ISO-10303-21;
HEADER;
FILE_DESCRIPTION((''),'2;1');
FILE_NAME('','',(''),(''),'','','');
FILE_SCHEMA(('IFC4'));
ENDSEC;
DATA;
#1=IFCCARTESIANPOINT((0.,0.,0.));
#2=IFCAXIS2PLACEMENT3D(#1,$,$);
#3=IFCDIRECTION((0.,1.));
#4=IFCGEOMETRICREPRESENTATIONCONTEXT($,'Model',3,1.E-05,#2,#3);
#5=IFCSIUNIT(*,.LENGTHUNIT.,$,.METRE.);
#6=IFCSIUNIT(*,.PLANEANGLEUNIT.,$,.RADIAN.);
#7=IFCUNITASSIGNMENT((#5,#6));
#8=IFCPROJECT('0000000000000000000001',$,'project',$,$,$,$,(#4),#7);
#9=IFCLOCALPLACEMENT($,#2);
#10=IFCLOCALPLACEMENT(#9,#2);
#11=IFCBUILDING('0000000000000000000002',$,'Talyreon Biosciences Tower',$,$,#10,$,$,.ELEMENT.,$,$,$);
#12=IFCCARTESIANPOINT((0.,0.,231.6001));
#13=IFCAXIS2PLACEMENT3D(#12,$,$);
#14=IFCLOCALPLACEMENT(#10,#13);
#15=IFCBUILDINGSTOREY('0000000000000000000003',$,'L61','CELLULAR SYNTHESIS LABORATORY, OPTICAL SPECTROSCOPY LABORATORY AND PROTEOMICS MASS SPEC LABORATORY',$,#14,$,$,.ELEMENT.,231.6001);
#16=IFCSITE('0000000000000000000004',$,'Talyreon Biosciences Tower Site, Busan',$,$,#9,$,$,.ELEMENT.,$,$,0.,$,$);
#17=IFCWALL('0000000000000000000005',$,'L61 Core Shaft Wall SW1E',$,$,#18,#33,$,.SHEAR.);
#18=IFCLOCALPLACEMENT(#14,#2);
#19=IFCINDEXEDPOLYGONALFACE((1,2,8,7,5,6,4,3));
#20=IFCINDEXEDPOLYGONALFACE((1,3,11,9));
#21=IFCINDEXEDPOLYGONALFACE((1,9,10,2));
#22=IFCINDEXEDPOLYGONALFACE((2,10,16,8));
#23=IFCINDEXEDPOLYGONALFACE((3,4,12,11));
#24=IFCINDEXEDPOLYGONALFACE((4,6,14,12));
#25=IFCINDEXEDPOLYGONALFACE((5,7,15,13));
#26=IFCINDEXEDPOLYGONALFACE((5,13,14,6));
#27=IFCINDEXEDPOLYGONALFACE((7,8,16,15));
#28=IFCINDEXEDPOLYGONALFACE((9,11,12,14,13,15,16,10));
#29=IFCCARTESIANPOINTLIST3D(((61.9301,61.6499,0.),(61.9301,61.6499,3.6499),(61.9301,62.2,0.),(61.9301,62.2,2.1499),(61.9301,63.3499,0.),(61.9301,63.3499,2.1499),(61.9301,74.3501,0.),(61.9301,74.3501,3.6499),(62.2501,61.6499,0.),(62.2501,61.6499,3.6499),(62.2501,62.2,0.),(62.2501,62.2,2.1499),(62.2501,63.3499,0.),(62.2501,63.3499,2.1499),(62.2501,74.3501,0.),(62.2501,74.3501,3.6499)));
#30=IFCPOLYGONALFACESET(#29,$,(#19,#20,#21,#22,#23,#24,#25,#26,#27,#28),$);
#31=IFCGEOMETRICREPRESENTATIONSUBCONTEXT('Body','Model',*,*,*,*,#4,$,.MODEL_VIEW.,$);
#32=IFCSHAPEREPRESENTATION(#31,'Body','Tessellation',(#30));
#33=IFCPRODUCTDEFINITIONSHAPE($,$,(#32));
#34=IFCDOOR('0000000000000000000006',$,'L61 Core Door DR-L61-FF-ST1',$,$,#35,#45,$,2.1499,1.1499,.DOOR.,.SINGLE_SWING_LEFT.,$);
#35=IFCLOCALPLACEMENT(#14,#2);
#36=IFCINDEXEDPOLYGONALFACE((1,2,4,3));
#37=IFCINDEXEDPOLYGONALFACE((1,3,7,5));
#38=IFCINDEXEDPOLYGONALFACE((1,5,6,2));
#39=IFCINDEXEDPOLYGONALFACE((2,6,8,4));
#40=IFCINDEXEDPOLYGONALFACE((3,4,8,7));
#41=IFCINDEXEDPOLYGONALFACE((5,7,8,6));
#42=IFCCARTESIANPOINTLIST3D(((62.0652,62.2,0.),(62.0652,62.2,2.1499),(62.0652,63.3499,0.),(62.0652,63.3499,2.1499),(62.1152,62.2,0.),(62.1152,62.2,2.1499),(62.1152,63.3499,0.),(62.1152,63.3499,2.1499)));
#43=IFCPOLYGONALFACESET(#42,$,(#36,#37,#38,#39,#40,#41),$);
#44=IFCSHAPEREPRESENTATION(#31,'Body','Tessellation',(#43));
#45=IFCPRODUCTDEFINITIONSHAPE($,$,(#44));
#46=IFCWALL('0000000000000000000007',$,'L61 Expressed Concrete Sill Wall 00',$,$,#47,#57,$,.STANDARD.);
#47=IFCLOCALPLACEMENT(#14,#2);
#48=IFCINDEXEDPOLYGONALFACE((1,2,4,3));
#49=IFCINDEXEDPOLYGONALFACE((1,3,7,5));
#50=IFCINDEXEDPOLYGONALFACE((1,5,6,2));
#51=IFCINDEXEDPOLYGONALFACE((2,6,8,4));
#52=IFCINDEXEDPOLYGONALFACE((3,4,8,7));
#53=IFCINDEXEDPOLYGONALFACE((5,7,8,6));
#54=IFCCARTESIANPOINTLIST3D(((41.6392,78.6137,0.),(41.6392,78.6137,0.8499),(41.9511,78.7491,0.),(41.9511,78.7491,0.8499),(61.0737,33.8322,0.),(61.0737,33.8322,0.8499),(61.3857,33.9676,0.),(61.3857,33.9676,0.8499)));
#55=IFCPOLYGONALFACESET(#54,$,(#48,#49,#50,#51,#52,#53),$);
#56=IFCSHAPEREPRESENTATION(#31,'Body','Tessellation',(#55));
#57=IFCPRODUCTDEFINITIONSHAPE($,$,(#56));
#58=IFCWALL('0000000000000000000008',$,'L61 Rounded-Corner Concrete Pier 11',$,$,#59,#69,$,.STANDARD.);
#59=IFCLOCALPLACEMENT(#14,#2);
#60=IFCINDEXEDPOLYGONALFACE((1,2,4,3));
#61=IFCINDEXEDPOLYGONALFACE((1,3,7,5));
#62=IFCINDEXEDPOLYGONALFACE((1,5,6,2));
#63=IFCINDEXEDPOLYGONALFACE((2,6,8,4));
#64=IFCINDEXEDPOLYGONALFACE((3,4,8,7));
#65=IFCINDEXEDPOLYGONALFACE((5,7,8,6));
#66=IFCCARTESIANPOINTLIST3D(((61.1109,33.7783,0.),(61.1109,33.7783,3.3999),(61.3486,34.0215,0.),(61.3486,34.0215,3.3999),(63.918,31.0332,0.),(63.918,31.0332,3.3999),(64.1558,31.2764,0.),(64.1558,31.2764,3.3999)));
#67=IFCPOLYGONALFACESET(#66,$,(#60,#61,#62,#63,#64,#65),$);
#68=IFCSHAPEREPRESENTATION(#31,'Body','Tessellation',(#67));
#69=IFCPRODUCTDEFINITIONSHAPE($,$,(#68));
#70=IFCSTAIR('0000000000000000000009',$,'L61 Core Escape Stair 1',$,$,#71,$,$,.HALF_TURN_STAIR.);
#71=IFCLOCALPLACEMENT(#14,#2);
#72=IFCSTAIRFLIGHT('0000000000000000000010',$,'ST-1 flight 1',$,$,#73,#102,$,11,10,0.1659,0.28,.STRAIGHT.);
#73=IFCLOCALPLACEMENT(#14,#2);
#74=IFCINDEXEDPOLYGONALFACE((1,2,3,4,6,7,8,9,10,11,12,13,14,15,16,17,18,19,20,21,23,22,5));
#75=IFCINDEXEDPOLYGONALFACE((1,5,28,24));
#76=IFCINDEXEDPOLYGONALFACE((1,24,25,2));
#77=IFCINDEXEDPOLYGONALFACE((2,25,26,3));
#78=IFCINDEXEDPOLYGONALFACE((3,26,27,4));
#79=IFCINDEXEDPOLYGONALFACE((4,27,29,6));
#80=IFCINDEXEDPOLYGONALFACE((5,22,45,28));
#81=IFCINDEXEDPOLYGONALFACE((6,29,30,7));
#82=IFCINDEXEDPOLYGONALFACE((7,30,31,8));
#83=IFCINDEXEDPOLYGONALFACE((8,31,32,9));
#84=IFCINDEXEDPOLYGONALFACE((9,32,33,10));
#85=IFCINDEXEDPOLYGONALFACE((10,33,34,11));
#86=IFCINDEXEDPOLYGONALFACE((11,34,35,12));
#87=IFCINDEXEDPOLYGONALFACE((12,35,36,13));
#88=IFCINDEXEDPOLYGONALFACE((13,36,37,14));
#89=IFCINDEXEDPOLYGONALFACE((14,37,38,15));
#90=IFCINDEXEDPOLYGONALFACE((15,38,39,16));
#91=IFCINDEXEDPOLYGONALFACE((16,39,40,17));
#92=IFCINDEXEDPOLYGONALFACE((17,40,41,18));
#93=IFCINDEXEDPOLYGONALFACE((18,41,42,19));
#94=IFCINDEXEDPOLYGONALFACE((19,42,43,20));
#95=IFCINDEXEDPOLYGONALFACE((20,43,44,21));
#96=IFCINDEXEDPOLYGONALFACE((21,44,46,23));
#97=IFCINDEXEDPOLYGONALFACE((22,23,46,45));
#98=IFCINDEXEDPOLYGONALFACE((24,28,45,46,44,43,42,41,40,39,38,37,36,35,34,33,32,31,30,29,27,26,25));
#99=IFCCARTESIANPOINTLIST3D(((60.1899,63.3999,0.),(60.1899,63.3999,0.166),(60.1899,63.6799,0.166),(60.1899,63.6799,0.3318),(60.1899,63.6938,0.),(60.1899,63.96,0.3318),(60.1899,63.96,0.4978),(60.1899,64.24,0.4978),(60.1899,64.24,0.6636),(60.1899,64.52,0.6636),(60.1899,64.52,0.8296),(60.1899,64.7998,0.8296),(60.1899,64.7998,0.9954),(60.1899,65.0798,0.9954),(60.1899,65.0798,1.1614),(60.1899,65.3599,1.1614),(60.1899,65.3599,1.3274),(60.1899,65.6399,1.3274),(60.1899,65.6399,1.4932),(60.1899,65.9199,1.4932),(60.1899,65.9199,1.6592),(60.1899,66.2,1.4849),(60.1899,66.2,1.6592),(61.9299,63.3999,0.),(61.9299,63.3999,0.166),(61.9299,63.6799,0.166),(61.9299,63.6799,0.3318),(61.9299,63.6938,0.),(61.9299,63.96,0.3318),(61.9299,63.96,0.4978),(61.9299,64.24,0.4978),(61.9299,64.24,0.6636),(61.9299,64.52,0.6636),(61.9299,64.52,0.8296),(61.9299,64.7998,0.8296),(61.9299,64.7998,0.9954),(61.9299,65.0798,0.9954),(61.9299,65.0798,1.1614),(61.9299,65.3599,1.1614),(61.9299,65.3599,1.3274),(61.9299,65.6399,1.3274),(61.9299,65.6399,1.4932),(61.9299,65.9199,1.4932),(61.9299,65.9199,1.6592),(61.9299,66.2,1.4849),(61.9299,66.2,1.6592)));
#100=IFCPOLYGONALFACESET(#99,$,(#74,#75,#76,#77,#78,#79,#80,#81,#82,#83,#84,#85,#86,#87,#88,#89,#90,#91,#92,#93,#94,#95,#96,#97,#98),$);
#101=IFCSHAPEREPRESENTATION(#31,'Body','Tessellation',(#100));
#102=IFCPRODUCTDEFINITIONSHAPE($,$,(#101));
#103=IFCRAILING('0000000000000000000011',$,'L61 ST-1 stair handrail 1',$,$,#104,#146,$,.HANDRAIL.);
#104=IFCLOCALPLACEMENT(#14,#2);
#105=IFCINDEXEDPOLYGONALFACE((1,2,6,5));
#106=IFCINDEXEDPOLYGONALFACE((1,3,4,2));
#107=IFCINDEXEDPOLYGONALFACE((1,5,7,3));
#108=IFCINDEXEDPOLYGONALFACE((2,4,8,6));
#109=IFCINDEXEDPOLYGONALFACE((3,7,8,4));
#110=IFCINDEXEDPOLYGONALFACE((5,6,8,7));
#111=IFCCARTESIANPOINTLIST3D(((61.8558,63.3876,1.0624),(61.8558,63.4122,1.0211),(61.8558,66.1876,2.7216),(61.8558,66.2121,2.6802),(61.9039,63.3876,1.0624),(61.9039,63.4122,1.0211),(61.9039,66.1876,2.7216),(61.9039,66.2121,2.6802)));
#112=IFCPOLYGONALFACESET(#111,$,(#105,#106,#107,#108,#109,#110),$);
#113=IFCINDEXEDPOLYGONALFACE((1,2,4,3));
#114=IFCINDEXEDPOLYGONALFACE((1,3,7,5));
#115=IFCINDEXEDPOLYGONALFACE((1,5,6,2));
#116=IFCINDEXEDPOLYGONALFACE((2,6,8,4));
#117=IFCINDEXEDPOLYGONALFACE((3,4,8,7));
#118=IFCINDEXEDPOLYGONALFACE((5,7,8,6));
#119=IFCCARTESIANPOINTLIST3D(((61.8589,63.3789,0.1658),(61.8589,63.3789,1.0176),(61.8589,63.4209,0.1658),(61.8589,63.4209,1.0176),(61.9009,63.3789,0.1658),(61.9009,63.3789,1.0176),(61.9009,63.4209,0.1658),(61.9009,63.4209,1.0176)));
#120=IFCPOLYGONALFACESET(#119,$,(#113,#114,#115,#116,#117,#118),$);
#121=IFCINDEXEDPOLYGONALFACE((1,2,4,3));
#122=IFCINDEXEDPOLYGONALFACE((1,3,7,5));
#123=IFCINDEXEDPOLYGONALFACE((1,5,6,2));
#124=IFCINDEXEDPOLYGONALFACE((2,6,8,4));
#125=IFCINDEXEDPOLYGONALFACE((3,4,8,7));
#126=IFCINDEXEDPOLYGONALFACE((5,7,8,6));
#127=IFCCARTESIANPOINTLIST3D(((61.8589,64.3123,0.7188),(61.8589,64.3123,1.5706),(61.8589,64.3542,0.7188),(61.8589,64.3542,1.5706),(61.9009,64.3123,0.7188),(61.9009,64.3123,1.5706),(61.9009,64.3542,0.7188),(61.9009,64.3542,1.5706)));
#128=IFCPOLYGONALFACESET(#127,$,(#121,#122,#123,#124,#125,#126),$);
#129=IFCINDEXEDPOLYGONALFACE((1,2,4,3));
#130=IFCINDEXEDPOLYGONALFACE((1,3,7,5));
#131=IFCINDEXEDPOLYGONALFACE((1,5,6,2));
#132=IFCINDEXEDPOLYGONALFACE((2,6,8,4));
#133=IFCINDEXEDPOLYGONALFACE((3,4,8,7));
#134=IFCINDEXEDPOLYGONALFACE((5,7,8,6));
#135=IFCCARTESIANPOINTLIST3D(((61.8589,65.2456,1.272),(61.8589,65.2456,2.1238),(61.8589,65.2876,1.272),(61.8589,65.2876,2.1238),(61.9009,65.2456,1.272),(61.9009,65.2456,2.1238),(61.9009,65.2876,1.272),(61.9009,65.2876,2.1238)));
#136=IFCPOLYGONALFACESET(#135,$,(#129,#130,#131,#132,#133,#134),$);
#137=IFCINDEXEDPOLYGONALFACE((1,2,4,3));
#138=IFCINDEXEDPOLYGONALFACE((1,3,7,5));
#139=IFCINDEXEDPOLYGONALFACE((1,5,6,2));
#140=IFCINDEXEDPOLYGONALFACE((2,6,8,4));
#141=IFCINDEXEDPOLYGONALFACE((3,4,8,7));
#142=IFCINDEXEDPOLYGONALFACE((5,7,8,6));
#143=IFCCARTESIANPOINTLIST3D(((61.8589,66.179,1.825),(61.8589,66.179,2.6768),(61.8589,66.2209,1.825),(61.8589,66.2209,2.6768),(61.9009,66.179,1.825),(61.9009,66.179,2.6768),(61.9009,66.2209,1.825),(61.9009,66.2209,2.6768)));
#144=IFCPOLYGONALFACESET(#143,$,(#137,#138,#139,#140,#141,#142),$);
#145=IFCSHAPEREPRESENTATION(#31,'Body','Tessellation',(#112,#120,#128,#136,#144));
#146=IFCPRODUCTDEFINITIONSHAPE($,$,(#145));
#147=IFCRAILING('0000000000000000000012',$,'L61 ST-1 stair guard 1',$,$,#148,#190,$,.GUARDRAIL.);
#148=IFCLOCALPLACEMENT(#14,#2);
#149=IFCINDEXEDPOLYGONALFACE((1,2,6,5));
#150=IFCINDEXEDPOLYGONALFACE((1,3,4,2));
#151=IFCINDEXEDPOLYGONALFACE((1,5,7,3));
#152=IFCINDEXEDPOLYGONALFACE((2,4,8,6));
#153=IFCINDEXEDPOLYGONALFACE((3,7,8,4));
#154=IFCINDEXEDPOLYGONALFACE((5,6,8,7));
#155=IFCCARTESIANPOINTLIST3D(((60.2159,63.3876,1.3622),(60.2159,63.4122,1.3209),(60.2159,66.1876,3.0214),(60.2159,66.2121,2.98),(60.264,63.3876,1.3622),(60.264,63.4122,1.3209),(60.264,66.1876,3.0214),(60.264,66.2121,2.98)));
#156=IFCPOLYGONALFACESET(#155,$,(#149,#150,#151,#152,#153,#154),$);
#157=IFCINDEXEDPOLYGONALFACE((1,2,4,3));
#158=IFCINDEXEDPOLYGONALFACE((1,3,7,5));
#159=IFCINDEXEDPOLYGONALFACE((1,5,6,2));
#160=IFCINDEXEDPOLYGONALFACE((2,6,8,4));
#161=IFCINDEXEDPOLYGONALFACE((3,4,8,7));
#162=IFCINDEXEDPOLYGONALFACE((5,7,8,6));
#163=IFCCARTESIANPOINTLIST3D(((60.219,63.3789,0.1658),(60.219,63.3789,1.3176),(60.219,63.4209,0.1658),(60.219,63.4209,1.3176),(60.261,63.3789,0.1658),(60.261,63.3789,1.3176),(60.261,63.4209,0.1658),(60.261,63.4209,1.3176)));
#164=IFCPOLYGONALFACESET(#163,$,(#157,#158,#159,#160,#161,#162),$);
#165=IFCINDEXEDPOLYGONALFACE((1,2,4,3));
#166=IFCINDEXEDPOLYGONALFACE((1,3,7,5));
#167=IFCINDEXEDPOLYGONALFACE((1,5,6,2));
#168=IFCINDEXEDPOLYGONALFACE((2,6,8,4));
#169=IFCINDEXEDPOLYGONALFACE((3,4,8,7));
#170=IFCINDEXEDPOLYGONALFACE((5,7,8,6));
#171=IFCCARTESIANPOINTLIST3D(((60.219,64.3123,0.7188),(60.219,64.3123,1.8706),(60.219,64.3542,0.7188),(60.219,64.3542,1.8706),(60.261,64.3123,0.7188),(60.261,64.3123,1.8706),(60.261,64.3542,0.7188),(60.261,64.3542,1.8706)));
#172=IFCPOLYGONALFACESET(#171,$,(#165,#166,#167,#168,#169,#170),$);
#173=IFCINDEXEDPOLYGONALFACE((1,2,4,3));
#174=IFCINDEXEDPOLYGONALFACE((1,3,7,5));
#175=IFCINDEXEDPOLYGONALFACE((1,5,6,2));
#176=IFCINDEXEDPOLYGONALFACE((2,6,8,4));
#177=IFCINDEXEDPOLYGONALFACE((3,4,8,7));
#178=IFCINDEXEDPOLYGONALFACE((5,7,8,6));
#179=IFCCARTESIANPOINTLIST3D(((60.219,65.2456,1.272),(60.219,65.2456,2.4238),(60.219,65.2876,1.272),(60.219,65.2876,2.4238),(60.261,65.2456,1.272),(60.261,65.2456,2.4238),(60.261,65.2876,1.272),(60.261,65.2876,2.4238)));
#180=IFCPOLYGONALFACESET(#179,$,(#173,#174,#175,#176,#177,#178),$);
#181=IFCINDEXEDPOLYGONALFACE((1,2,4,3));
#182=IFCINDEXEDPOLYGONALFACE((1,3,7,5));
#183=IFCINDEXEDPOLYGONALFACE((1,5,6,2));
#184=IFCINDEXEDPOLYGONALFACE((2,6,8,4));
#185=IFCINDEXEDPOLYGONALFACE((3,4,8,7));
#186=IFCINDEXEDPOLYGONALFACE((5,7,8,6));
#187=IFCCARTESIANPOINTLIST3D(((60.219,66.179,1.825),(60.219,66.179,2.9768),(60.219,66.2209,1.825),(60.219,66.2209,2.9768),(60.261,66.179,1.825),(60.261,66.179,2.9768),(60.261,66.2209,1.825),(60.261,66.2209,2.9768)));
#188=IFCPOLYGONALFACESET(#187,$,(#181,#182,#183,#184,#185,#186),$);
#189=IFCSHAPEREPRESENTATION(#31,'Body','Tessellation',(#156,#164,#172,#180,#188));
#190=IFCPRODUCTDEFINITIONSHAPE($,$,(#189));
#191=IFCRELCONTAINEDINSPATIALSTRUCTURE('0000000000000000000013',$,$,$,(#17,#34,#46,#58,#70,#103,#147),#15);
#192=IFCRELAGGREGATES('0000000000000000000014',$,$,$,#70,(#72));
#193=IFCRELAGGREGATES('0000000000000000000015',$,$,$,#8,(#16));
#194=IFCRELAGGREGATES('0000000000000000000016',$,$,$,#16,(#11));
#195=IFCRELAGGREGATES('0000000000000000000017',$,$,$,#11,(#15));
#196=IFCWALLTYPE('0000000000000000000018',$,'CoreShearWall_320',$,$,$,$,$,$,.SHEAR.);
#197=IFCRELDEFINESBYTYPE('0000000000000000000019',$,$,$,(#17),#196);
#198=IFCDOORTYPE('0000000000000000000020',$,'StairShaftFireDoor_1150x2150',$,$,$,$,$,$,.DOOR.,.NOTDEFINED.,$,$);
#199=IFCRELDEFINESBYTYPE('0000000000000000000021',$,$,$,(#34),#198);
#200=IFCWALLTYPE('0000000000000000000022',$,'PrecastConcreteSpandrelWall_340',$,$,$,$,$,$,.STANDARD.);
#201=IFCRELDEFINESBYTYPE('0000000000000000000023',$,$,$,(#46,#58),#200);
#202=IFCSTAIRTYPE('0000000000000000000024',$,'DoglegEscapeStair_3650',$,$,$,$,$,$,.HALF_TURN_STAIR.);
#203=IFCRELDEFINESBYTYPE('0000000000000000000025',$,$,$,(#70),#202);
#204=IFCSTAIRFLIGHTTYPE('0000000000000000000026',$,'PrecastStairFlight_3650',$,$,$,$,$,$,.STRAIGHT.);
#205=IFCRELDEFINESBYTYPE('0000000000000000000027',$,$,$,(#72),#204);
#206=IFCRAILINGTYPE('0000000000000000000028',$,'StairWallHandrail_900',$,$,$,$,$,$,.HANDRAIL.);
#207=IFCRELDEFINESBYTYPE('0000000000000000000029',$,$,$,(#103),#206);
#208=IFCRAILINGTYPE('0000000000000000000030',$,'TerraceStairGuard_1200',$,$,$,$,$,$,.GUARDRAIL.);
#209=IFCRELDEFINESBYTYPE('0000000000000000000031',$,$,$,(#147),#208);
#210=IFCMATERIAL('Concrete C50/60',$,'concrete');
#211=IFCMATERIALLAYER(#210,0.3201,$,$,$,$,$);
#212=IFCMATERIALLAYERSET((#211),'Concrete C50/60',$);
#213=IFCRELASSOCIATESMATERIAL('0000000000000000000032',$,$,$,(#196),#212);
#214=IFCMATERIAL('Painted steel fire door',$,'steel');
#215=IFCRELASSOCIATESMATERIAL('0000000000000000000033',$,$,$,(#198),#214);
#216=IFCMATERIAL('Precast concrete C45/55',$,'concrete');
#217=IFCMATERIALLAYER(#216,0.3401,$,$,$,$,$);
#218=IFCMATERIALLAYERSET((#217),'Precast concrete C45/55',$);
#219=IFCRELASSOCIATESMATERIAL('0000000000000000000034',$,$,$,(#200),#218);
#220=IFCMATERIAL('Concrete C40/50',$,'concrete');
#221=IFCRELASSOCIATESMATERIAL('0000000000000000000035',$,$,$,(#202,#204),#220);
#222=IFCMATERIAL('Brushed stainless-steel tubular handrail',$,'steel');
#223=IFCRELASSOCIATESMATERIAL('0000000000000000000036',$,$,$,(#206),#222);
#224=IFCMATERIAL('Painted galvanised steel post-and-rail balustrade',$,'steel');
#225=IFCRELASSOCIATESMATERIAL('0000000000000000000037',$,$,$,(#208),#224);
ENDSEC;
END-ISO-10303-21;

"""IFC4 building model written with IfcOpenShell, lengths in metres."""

from ifc_helpers import new_model, si_unit, direction, frame, frame_2d, origin, origin_2d, place, context, subcontext, project, spatial, polyline, rectangle, outline, extrude, material, layer, layer_set, type_object, element, fill, aggregate, save


model = new_model("IFC4")

# Units and contexts
model_context = context("Model", 3, precision=1e-05, world=origin(), true_north=direction((0.0, 1.0)))
body_context = subcontext(model_context, "Body", "Model", "MODEL_VIEW")
ifc_project = project(units=[si_unit("LENGTHUNIT", "METRE"), si_unit("PLANEANGLEUNIT", "RADIAN")], contexts=[model_context])

# Site, building, storey
site_placement = place(None, origin())
site = spatial("IfcSite", under=ifc_project, at=site_placement, Name="Talyreon Biosciences Tower Site, Busan", CompositionType="ELEMENT", RefElevation=0.0)
building_placement = place(site_placement, origin())
building = spatial("IfcBuilding", under=site, at=building_placement, Name="Talyreon Biosciences Tower", CompositionType="ELEMENT")
storey_placement = place(building_placement, frame((0.0, 0.0, 231.6001)))
storey = spatial("IfcBuildingStorey", under=building, at=storey_placement, Name="L61", Description="CELLULAR SYNTHESIS LABORATORY, OPTICAL SPECTROSCOPY LABORATORY AND PROTEOMICS MASS SPEC LABORATORY", CompositionType="ELEMENT", Elevation=231.6001)

# Shared definitions
ifc_material_1 = material(Name="Concrete C50/60", Category="concrete")

# Shared definitions
ifc_material_2 = material(Name="Precast concrete C45/55", Category="concrete")

# Wall, opening, door
ifc_layer_1 = layer(ifc_material_1, 0.3201)
ifc_layer_set_1 = layer_set([ifc_layer_1], Name="Concrete C50/60")
wall_type_1 = type_object("IfcWallType", Name="CoreShearWall_320", PredefinedType="SHEAR", material=ifc_layer_set_1)
wall_1_placement = place(storey_placement, frame((62.0901, 61.6499, 0.0), z_axis=(0.0, 0.0, 1.0), x_axis=(0.0, 1.0, 0.0)))
wall_1 = element("IfcWall", 1, at=wall_1_placement, inside=storey, type_object=wall_type_1, Name="L61 Core Shaft Wall SW1E", PredefinedType="SHEAR", context=body_context, shape_type="SweptSolid", body=[
    extrude(rectangle(XDim=12.7002, YDim=0.3201, at=frame_2d((6.3501, 0.0))), origin(), (0.0, 0.0, 1.0), 3.6499),
])
opening_1_placement = place(wall_1_placement, frame((0.55, 0.0, 0.0)))
opening_1 = element("IfcOpeningElement", 2, at=opening_1_placement, cuts=wall_1, PredefinedType="OPENING", context=body_context, shape_type="SweptSolid", body=[
    extrude(rectangle(XDim=1.1499, YDim=2.1499, at=frame_2d((0.575, 1.075))), frame((0.0, 0.1699, 0.0), z_axis=(0.0, -1.0, 0.0), x_axis=(1.0, 0.0, 0.0)), (0.0, 0.0, 1.0), 0.3401),
])
ifc_material_3 = material(Name="Painted steel fire door", Category="steel")
door_type_1 = type_object("IfcDoorType", Name="StairShaftFireDoor_1150x2150", OperationType="NOTDEFINED", PredefinedType="DOOR", material=ifc_material_3)
door_1_placement = place(opening_1_placement, origin())
door_1 = element("IfcDoor", 3, at=door_1_placement, inside=storey, type_object=door_type_1, Name="L61 Core Door DR-L61-FF-ST1", OperationType="SINGLE_SWING_LEFT", OverallHeight=2.1499, OverallWidth=1.1499, PredefinedType="DOOR", context=body_context, shape_type="SweptSolid", body=[
    extrude(rectangle(XDim=1.1499, YDim=2.1499, at=frame_2d((0.575, 1.075))), frame((0.0, 0.0249, 0.0), z_axis=(0.0, -1.0, 0.0), x_axis=(1.0, 0.0, 0.0)), (0.0, 0.0, 1.0), 0.05),
])
fill(opening_1, door_1)

# Walls
ifc_layer_2 = layer(ifc_material_2, 0.3401)
ifc_layer_set_2 = layer_set([ifc_layer_2], Name="Precast concrete C45/55")
wall_type_2 = type_object("IfcWallType", Name="PrecastConcreteSpandrelWall_340", PredefinedType="STANDARD", material=ifc_layer_set_2)
wall_2_placement = place(storey_placement, frame((61.2297, 33.8999, 0.0), z_axis=(0.0, 0.0, 1.0), x_axis=(-0.398112, 0.917337, 0.0)))
element("IfcWall", 4, at=wall_2_placement, inside=storey, type_object=wall_type_2, Name="L61 Expressed Concrete Sill Wall 00", PredefinedType="STANDARD", context=body_context, shape_type="SweptSolid", body=[
    extrude(rectangle(XDim=48.8169, YDim=0.3401, at=frame_2d((24.4084, 0.0))), origin(), (0.0, 0.0, 1.0), 0.8499),
])
wall_3_placement = place(storey_placement, frame((64.0369, 31.1548, 0.0), z_axis=(0.0, 0.0, 1.0), x_axis=(-0.71496, 0.699166, 0.0)))
element("IfcWall", 5, at=wall_3_placement, inside=storey, type_object=wall_type_2, Name="L61 Rounded-Corner Concrete Pier 11", PredefinedType="STANDARD", context=body_context, shape_type="SweptSolid", body=[
    extrude(rectangle(XDim=3.9263, YDim=0.3401, at=frame_2d((1.9631, 0.0))), origin(), (0.0, 0.0, 1.0), 3.3999),
])

# Stair, stair flight
ifc_material_4 = material(Name="Concrete C40/50", Category="concrete")
stair_type = type_object("IfcStairType", Name="DoglegEscapeStair_3650", PredefinedType="HALF_TURN_STAIR", material=ifc_material_4)
stair_placement = place(storey_placement, origin())
stair = element("IfcStair", 6, at=stair_placement, inside=storey, type_object=stair_type, Name="L61 Core Escape Stair 1", PredefinedType="HALF_TURN_STAIR")
stair_flight_type = type_object("IfcStairFlightType", Name="PrecastStairFlight_3650", PredefinedType="STRAIGHT", material=ifc_material_4)
stair_flight_placement = place(storey_placement, frame((61.0601, 63.3999, 0.0), z_axis=(0.0, 0.0, 1.0), x_axis=(0.0, 1.0, 0.0)))
stair_flight = element("IfcStairFlight", 7, at=stair_flight_placement, type_object=stair_flight_type, Name="ST-1 flight 1", NumberOfRisers=11, NumberOfTreads=10, PredefinedType="STRAIGHT", RiserHeight=0.1659, TreadLength=0.28, context=body_context, shape_type="SweptSolid", body=[
    extrude(outline(polyline([(0.0, 0.0), (0.0, 0.166), (0.28, 0.166), (0.28, 0.3318), (0.5601, 0.3318), (0.5601, 0.4978), (0.8401, 0.4978), (0.8401, 0.6636), (1.1201, 0.6636), (1.1201, 0.8296), (1.3999, 0.8296), (1.3999, 0.9954), (1.6799, 0.9954), (1.6799, 1.1614), (1.96, 1.1614), (1.96, 1.3274), (2.24, 1.3274), (2.24, 1.4932), (2.52, 1.4932), (2.52, 1.6592), (2.8, 1.6592), (2.8, 1.825), (2.8, 1.4849), (0.2939, 0.0), (0.0, 0.0)])), frame((0.0, 0.8701, 0.0), z_axis=(0.0, -1.0, 0.0), x_axis=(1.0, 0.0, 0.0)), (0.0, 0.0, 1.0), 1.74),
])
aggregate(stair, [stair_flight])

# Railings
ifc_material_5 = material(Name="Brushed stainless-steel tubular handrail", Category="steel")
railing_type_1 = type_object("IfcRailingType", Name="StairWallHandrail_900", PredefinedType="HANDRAIL", material=ifc_material_5)
railing_1_placement = place(storey_placement, frame((61.8799, 63.3999, 0.1658)))
element("IfcRailing", 8, at=railing_1_placement, inside=storey, type_object=railing_type_1, Name="L61 ST-1 stair handrail 1", PredefinedType="HANDRAIL", context=body_context, shape_type="SweptSolid", body=[
    extrude(rectangle(XDim=0.0481, YDim=0.0481, at=origin_2d()), frame((0.0, 0.0, 0.876), z_axis=(0.0, 0.860306, 0.509778), x_axis=(-1.0, 0.0, 0.0)), (0.0, 0.0, 1.0), 3.2546),
    extrude(rectangle(XDim=0.042, YDim=0.042, at=origin_2d()), origin(), (0.0, 0.0, 1.0), 0.8518),
    extrude(rectangle(XDim=0.042, YDim=0.042, at=origin_2d()), frame((0.0, 0.9333, 0.553)), (0.0, 0.0, 1.0), 0.8518),
    extrude(rectangle(XDim=0.042, YDim=0.042, at=origin_2d()), frame((0.0, 1.8667, 1.1062)), (0.0, 0.0, 1.0), 0.8518),
    extrude(rectangle(XDim=0.042, YDim=0.042, at=origin_2d()), frame((0.0, 2.8, 1.6592)), (0.0, 0.0, 1.0), 0.8518),
])
ifc_material_6 = material(Name="Painted galvanised steel post-and-rail balustrade", Category="steel")
railing_type_2 = type_object("IfcRailingType", Name="TerraceStairGuard_1200", PredefinedType="GUARDRAIL", material=ifc_material_6)
railing_2_placement = place(storey_placement, frame((60.24, 63.3999, 0.1658)))
element("IfcRailing", 9, at=railing_2_placement, inside=storey, type_object=railing_type_2, Name="L61 ST-1 stair guard 1", PredefinedType="GUARDRAIL", context=body_context, shape_type="SweptSolid", body=[
    extrude(rectangle(XDim=0.0481, YDim=0.0481, at=origin_2d()), frame((0.0, 0.0, 1.1758), z_axis=(0.0, 0.860306, 0.509778), x_axis=(-1.0, 0.0, 0.0)), (0.0, 0.0, 1.0), 3.2546),
    extrude(rectangle(XDim=0.042, YDim=0.042, at=origin_2d()), origin(), (0.0, 0.0, 1.0), 1.1519),
    extrude(rectangle(XDim=0.042, YDim=0.042, at=origin_2d()), frame((0.0, 0.9333, 0.553)), (0.0, 0.0, 1.0), 1.1519),
    extrude(rectangle(XDim=0.042, YDim=0.042, at=origin_2d()), frame((0.0, 1.8667, 1.1062)), (0.0, 0.0, 1.0), 1.1519),
    extrude(rectangle(XDim=0.042, YDim=0.042, at=origin_2d()), frame((0.0, 2.8, 1.6592)), (0.0, 0.0, 1.0), 1.1519),
])

save(model, "model.ifc")
